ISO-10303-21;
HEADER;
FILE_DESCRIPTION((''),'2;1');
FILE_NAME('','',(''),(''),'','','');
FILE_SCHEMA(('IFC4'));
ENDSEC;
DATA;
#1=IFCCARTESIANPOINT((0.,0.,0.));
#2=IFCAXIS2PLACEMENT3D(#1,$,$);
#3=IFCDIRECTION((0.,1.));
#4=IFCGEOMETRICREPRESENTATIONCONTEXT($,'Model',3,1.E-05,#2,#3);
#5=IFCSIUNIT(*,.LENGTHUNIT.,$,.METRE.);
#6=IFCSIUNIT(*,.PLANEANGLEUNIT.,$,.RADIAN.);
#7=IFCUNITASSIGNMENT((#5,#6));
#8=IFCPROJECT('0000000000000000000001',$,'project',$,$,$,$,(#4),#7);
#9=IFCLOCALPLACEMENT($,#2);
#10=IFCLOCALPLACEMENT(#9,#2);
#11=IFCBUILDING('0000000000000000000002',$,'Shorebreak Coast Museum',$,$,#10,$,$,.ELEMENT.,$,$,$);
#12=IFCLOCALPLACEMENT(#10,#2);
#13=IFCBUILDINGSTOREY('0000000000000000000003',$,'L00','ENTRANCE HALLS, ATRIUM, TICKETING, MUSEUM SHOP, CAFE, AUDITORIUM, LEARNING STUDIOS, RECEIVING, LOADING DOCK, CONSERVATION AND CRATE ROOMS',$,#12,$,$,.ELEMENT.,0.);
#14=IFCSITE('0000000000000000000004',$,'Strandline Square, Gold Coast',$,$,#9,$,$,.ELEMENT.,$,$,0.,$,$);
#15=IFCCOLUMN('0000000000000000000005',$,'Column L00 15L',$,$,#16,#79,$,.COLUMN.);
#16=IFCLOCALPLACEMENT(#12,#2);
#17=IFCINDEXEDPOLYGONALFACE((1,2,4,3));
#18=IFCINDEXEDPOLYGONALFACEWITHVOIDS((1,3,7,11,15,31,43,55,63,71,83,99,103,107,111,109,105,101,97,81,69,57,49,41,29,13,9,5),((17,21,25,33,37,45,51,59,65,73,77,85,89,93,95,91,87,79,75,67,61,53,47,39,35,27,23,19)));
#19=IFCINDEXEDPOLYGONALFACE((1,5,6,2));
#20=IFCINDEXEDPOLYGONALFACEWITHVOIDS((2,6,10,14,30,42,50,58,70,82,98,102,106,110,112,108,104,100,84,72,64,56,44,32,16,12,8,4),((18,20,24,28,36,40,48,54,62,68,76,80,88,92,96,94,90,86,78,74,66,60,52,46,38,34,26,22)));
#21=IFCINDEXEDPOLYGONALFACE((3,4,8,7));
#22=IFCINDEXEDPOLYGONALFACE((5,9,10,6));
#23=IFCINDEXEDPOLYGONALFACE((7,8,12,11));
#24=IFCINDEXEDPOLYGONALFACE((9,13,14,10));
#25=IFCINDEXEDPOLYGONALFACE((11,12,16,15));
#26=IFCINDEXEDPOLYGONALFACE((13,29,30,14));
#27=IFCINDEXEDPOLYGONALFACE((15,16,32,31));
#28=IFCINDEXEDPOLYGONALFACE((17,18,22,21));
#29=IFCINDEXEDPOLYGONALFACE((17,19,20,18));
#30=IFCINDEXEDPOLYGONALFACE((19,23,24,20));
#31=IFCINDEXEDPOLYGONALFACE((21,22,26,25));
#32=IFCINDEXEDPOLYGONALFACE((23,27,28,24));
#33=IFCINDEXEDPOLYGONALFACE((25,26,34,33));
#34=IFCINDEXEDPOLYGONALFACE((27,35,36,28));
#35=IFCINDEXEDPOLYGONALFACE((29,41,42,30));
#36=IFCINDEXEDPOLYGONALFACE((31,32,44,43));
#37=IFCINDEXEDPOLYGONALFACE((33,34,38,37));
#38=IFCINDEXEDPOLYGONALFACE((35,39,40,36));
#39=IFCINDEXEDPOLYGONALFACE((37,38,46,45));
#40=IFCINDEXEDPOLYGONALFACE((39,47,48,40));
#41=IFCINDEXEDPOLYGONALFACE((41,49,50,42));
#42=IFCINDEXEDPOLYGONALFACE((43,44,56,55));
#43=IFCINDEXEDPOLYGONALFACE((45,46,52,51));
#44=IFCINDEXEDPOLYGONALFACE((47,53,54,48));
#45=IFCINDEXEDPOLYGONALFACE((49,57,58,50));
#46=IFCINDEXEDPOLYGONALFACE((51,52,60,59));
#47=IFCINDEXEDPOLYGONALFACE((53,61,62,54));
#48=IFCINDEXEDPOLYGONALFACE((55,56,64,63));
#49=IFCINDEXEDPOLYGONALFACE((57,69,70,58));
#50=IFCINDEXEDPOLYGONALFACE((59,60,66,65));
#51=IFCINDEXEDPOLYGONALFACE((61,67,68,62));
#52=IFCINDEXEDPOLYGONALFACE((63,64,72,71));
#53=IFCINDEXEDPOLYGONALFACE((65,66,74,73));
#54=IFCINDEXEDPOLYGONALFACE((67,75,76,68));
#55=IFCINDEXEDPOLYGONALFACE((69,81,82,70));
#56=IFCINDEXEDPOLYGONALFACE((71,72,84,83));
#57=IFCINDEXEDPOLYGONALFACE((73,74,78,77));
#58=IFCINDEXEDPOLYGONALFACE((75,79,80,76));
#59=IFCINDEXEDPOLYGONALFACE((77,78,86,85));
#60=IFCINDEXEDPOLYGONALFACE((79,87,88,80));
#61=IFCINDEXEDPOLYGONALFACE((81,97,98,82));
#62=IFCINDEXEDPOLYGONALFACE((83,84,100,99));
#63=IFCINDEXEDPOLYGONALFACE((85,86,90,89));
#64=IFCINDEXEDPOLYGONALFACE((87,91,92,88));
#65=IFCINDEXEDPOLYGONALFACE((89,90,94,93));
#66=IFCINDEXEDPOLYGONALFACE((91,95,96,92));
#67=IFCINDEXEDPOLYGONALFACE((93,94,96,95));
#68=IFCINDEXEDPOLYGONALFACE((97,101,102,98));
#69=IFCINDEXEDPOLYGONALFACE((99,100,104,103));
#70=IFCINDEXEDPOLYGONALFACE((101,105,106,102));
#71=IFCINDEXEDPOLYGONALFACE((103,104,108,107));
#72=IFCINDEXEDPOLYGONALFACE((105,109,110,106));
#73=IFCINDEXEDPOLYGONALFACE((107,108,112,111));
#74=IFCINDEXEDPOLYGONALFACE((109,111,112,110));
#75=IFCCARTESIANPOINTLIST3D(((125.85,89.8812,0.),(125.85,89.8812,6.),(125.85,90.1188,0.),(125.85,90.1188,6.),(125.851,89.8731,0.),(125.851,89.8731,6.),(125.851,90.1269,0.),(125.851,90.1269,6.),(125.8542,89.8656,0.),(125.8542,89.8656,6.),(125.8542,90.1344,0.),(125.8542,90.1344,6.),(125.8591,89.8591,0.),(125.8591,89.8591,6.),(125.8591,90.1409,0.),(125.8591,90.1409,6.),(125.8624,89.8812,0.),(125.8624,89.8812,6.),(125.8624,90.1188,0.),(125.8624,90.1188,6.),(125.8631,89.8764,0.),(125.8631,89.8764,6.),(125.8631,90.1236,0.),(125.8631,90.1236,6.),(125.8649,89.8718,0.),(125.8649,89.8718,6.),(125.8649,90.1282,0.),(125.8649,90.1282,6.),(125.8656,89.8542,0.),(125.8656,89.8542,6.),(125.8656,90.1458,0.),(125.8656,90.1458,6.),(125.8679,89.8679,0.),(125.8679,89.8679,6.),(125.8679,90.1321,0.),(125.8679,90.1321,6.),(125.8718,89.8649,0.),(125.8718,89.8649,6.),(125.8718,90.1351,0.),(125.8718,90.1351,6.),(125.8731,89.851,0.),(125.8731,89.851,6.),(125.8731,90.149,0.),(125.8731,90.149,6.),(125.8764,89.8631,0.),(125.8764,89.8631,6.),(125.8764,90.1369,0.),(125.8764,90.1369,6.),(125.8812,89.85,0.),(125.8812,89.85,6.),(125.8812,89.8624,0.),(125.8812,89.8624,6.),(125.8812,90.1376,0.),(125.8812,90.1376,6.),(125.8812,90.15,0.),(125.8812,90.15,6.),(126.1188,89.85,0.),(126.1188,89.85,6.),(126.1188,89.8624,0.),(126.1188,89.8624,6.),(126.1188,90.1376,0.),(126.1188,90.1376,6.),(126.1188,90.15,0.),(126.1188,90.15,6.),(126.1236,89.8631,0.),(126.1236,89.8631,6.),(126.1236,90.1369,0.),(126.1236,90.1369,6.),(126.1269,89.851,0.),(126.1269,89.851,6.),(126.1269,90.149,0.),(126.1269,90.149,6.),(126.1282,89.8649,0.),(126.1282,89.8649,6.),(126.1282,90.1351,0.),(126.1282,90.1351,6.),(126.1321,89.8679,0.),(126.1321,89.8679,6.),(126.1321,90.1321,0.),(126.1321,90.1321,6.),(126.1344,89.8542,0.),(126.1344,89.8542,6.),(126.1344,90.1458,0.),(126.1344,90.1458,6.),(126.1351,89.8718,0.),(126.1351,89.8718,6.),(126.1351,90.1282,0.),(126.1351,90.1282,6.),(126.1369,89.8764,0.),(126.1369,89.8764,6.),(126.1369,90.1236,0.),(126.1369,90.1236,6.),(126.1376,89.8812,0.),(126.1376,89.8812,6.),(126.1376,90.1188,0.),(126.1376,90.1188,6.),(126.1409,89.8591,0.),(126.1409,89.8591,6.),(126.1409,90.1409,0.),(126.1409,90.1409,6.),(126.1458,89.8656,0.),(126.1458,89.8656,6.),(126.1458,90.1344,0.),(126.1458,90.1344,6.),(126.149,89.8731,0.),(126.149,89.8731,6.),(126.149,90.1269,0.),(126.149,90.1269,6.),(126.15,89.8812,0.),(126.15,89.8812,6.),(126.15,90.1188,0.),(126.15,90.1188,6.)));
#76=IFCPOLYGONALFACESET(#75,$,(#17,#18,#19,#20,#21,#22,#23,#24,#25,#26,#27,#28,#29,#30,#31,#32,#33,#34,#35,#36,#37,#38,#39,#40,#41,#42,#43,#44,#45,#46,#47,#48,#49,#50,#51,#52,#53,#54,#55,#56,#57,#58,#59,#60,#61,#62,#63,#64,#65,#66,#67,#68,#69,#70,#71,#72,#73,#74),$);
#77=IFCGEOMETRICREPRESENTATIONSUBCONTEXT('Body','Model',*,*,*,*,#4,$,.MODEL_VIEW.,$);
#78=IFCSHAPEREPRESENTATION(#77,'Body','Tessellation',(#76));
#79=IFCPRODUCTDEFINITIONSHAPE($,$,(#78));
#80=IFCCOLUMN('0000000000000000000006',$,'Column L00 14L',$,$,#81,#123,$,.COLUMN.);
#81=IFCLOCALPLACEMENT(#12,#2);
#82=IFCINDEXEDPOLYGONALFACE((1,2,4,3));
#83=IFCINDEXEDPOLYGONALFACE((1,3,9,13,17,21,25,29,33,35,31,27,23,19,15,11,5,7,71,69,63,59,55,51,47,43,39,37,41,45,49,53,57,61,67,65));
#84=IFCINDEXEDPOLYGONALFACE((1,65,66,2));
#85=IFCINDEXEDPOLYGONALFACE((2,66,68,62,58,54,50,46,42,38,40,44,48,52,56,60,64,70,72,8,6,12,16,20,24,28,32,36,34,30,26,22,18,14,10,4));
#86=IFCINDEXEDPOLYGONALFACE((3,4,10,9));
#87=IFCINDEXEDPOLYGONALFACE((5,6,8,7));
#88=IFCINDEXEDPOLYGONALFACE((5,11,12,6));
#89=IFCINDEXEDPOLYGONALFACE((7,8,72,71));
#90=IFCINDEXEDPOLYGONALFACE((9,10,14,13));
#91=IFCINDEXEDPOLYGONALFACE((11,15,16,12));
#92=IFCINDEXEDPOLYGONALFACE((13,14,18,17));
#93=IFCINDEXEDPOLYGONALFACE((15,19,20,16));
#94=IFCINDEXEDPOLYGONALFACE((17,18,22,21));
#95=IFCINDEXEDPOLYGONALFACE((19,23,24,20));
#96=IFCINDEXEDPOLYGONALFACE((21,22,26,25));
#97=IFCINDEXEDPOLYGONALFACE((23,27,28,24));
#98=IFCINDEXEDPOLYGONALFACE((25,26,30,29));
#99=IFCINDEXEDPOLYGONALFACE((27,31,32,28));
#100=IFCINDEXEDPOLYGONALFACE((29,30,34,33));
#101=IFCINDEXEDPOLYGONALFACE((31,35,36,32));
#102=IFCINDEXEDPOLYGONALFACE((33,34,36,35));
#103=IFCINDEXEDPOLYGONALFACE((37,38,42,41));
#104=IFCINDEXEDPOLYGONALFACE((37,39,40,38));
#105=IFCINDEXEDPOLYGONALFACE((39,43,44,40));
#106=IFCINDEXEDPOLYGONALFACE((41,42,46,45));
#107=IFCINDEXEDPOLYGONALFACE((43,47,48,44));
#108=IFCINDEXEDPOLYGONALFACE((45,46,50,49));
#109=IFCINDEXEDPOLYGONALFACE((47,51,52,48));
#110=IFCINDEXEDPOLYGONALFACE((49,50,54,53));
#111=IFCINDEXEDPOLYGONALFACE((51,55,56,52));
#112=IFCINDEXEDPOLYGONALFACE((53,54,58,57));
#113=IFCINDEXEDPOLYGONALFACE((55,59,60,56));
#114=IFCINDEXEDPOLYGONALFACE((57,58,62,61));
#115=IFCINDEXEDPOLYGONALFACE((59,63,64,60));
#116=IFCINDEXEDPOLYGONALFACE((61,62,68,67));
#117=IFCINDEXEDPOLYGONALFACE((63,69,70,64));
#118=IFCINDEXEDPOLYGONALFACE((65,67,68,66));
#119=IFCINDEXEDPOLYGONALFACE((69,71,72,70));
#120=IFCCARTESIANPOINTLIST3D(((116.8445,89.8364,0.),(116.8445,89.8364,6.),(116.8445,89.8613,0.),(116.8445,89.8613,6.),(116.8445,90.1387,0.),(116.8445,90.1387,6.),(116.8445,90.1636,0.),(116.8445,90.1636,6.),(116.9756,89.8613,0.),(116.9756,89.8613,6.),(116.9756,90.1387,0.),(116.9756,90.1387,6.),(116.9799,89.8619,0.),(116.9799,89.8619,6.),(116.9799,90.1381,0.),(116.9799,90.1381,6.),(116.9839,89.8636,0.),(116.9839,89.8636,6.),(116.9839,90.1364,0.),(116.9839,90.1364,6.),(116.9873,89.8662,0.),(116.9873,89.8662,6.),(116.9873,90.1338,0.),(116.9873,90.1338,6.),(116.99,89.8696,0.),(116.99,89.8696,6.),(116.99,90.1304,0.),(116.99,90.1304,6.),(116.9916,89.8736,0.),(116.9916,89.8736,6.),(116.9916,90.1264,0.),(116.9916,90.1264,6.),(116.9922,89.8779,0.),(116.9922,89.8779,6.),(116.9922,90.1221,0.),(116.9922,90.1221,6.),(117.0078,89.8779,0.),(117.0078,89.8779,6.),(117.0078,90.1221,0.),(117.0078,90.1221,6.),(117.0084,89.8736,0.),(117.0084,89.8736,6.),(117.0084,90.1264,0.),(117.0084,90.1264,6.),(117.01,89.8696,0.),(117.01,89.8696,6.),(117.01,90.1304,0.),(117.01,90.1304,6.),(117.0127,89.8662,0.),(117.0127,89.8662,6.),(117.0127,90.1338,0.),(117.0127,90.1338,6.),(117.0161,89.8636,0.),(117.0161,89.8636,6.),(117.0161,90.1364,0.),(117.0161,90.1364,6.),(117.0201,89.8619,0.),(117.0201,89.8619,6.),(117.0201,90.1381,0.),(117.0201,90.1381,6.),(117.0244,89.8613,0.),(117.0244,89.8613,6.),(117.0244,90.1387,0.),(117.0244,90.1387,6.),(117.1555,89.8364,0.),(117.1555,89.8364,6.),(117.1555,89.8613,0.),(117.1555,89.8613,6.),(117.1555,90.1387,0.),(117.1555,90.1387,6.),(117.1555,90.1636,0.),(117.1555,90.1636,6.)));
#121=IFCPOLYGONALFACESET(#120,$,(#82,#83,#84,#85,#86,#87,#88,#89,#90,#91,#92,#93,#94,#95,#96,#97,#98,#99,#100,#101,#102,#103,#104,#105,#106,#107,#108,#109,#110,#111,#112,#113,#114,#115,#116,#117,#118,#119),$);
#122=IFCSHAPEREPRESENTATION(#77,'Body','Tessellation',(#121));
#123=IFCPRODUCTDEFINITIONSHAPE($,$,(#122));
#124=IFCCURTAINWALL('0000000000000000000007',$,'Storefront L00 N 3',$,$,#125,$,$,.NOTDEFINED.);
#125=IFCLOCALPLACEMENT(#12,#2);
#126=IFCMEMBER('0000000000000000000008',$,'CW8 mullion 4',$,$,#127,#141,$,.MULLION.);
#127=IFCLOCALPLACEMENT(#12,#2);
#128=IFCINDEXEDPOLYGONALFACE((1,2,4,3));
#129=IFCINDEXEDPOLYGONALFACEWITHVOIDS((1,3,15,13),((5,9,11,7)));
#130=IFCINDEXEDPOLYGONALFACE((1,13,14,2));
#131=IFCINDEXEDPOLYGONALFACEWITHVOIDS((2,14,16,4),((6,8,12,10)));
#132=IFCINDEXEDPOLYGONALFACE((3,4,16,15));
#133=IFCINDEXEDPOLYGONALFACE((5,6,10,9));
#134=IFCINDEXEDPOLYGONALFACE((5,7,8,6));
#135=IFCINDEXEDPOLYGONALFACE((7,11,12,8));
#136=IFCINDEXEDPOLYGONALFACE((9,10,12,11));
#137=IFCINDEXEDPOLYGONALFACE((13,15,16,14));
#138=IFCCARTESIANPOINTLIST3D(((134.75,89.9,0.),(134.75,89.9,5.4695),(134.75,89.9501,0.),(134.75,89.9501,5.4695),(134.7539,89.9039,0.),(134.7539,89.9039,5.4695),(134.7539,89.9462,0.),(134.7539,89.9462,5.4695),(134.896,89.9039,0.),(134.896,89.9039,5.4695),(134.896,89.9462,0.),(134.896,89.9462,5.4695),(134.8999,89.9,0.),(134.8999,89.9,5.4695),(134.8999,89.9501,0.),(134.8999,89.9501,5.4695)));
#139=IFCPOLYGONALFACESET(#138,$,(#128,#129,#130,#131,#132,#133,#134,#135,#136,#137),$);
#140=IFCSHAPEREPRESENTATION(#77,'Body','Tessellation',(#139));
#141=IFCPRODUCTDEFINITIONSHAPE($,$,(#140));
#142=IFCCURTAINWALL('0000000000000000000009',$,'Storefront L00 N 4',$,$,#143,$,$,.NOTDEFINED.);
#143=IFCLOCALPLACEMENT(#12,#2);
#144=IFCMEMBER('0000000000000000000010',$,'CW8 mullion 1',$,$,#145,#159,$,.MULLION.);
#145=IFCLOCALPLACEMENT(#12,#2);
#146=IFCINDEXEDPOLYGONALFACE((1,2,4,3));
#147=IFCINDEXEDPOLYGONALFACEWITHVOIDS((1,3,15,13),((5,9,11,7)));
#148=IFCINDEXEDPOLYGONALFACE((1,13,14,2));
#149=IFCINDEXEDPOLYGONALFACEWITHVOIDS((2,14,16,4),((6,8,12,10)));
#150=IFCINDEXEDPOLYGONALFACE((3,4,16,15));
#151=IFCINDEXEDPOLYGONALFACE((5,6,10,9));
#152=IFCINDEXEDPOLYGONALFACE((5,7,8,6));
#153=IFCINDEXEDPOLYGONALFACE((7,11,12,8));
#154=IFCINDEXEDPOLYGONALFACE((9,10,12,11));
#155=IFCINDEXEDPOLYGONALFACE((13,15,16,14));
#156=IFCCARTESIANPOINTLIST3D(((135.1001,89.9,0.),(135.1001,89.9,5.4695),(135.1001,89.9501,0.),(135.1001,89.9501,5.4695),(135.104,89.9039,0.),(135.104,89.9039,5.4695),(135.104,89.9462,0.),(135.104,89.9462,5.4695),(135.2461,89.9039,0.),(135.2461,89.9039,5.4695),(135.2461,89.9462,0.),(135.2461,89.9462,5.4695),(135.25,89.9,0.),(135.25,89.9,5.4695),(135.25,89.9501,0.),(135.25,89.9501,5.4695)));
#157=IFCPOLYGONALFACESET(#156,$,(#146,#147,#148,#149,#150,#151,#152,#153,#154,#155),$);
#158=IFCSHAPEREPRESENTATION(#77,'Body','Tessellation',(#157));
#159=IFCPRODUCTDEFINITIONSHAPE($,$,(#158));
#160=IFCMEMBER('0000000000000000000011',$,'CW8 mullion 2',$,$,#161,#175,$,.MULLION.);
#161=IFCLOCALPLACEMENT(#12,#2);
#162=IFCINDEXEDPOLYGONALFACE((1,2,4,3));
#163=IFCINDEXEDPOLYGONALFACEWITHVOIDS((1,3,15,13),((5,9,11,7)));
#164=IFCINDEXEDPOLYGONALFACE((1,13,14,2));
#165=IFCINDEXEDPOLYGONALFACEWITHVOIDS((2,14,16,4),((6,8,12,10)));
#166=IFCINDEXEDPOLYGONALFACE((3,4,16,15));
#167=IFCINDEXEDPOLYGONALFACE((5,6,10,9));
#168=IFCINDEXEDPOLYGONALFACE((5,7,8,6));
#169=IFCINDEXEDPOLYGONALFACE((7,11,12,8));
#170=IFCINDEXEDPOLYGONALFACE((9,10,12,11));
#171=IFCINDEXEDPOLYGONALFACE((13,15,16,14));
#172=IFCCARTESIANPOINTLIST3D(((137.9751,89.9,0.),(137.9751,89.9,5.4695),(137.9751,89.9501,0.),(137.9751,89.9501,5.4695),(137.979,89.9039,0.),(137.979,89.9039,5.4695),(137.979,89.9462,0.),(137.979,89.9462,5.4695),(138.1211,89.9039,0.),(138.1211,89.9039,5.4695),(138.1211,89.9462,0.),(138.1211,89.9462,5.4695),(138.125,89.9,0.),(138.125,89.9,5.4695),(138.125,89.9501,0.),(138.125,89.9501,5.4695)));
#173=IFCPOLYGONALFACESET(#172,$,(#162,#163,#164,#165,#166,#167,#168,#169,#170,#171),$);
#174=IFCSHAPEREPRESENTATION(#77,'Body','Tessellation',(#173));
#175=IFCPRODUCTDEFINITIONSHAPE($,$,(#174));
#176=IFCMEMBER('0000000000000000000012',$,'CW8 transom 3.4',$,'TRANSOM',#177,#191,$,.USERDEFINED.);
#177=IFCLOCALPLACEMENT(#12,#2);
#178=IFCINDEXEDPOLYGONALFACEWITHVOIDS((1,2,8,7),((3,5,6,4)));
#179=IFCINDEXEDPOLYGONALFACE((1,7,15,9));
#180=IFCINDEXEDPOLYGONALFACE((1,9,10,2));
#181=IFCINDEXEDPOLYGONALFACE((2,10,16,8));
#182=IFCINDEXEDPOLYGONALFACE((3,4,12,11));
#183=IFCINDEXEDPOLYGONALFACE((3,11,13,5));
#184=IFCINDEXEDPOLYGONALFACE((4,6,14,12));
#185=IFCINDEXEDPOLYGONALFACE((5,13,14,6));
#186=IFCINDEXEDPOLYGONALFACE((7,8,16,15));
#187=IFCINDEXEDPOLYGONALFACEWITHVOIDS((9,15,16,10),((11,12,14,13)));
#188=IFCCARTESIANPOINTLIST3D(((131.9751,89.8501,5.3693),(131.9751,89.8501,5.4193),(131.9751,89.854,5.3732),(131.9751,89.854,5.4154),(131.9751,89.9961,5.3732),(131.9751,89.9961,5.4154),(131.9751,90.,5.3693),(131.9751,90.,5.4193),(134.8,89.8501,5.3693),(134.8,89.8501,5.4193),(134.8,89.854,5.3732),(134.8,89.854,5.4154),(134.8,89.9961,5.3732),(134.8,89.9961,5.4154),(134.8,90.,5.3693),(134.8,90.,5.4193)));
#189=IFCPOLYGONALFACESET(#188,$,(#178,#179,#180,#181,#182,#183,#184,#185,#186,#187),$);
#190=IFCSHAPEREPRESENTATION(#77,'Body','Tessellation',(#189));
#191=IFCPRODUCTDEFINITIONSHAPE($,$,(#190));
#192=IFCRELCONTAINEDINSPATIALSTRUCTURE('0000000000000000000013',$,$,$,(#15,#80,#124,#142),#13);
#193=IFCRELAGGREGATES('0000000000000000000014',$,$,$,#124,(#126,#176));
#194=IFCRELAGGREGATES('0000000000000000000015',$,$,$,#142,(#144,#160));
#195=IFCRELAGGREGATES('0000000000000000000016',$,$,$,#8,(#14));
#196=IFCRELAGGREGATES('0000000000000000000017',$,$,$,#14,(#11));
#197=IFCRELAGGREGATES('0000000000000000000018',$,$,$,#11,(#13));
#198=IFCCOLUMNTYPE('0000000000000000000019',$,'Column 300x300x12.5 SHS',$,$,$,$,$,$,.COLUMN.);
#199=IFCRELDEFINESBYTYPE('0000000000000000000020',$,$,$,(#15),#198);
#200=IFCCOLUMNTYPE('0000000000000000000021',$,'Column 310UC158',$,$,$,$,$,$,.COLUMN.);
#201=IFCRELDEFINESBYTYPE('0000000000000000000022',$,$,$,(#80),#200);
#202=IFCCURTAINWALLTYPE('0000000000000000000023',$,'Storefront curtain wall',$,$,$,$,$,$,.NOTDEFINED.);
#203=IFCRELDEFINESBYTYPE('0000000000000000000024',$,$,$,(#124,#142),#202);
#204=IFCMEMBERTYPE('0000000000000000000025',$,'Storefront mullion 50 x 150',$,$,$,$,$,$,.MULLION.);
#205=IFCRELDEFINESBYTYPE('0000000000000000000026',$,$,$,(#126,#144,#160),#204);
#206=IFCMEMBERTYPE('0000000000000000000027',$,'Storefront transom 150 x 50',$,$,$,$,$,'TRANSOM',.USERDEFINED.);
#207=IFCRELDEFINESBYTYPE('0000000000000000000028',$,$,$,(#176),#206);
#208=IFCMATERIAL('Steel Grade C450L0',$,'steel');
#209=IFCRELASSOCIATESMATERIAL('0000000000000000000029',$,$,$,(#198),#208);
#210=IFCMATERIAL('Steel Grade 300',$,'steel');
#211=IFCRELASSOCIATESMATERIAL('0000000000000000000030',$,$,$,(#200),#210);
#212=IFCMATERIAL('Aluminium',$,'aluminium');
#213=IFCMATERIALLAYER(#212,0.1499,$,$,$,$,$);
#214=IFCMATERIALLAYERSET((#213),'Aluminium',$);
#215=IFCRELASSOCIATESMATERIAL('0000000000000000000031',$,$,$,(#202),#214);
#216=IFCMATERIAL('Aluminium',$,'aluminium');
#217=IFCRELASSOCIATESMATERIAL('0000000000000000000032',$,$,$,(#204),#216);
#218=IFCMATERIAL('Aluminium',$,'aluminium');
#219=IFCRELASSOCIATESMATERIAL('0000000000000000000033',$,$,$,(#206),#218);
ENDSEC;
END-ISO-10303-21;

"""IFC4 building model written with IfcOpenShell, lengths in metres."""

from ifc_helpers import new_model, si_unit, direction, frame, origin, origin_2d, place, context, subcontext, project, spatial, hollow_rectangle, i_section, extrude, material, layer, layer_set, material_profile, profile_set, type_object, element, aggregate, save


model = new_model("IFC4")

# Units and contexts
model_context = context("Model", 3, precision=1e-05, world=origin(), true_north=direction((0.0, 1.0)))
body_context = subcontext(model_context, "Body", "Model", "MODEL_VIEW")
ifc_project = project(units=[si_unit("LENGTHUNIT", "METRE"), si_unit("PLANEANGLEUNIT", "RADIAN")], contexts=[model_context])

# Site, building, storey
site_placement = place(None, origin())
site = spatial("IfcSite", under=ifc_project, at=site_placement, Name="Strandline Square, Gold Coast", CompositionType="ELEMENT", RefElevation=0.0)
building_placement = place(site_placement, origin())
building = spatial("IfcBuilding", under=site, at=building_placement, Name="Shorebreak Coast Museum", CompositionType="ELEMENT")
storey_placement = place(building_placement, origin())
storey = spatial("IfcBuildingStorey", under=building, at=storey_placement, Name="L00", Description="ENTRANCE HALLS, ATRIUM, TICKETING, MUSEUM SHOP, CAFE, AUDITORIUM, LEARNING STUDIOS, RECEIVING, LOADING DOCK, CONSERVATION AND CRATE ROOMS", CompositionType="ELEMENT", Elevation=0.0)

# Columns
ifc_material_1 = material(Name="Steel Grade C450L0", Category="steel")
ifc_material_profile_1 = material_profile(ifc_material_1, hollow_rectangle(XDim=0.3, YDim=0.3, WallThickness=0.0125, InnerFilletRadius=0.0188, OuterFilletRadius=0.0312, at=origin_2d()), Name="300x300x12.5 SHS")
ifc_profile_set_1 = profile_set([ifc_material_profile_1], Name="Steel Grade C450L0")
column_type_1 = type_object("IfcColumnType", Name="Column 300x300x12.5 SHS", PredefinedType="COLUMN", material=ifc_profile_set_1)
column_1_placement = place(storey_placement, frame((126.0, 90.0, 0.0), z_axis=(0.0, 0.0, 1.0), x_axis=(1.0, 0.0, 0.0)))
element("IfcColumn", 1, at=column_1_placement, inside=storey, type_object=column_type_1, Name="Column L00 15L", PredefinedType="COLUMN", context=body_context, shape_type="SweptSolid", body=[
    extrude(hollow_rectangle(XDim=0.3, YDim=0.3, WallThickness=0.0125, InnerFilletRadius=0.0188, OuterFilletRadius=0.0312, at=origin_2d()), origin(), (0.0, 0.0, 1.0), 6.0),
])
ifc_material_2 = material(Name="Steel Grade 300", Category="steel")
ifc_material_profile_2 = material_profile(ifc_material_2, i_section(OverallWidth=0.311, OverallDepth=0.3271, WebThickness=0.0156, FlangeThickness=0.0249, FilletRadius=0.0166, at=origin_2d()), Name="310UC158")
ifc_profile_set_2 = profile_set([ifc_material_profile_2], Name="Steel Grade 300")
column_type_2 = type_object("IfcColumnType", Name="Column 310UC158", PredefinedType="COLUMN", material=ifc_profile_set_2)
column_2_placement = place(storey_placement, frame((117.0, 90.0, 0.0), z_axis=(0.0, 0.0, 1.0), x_axis=(1.0, 0.0, 0.0)))
element("IfcColumn", 2, at=column_2_placement, inside=storey, type_object=column_type_2, Name="Column L00 14L", PredefinedType="COLUMN", context=body_context, shape_type="SweptSolid", body=[
    extrude(i_section(OverallWidth=0.311, OverallDepth=0.3271, WebThickness=0.0156, FlangeThickness=0.0249, FilletRadius=0.0166, at=origin_2d()), origin(), (0.0, 0.0, 1.0), 6.0),
])

# Curtain wall, member
ifc_material_3 = material(Name="Aluminium", Category="aluminium")
ifc_layer_1 = layer(ifc_material_3, 0.1499)
ifc_layer_set_1 = layer_set([ifc_layer_1], Name="Aluminium")
curtain_wall_type = type_object("IfcCurtainWallType", Name="Storefront curtain wall", PredefinedType="NOTDEFINED", material=ifc_layer_set_1)
curtain_wall_1_placement = place(storey_placement, origin())
curtain_wall_1 = element("IfcCurtainWall", 3, at=curtain_wall_1_placement, inside=storey, type_object=curtain_wall_type, Name="Storefront L00 N 3", PredefinedType="NOTDEFINED")
ifc_material_4 = material(Name="Aluminium", Category="aluminium")
ifc_material_profile_3 = material_profile(ifc_material_4, hollow_rectangle(XDim=0.05, YDim=0.1499, WallThickness=0.0039, at=origin_2d()), Name="AL 150x50 RHS")
ifc_profile_set_3 = profile_set([ifc_material_profile_3], Name="Aluminium")
member_type_1 = type_object("IfcMemberType", Name="Storefront mullion 50 x 150", PredefinedType="MULLION", material=ifc_profile_set_3)
member_1_placement = place(storey_placement, frame((134.825, 89.925, 0.0), z_axis=(0.0, 0.0, 1.0), x_axis=(0.0, 1.0, 0.0)))
member_1 = element("IfcMember", 4, at=member_1_placement, type_object=member_type_1, Name="CW8 mullion 4", PredefinedType="MULLION", context=body_context, shape_type="SweptSolid", body=[
    extrude(hollow_rectangle(XDim=0.05, YDim=0.1499, WallThickness=0.0039, at=origin_2d()), origin(), (0.0, 0.0, 1.0), 5.4695),
])

# Curtain wall, members
curtain_wall_2_placement = place(storey_placement, origin())
curtain_wall_2 = element("IfcCurtainWall", 5, at=curtain_wall_2_placement, inside=storey, type_object=curtain_wall_type, Name="Storefront L00 N 4", PredefinedType="NOTDEFINED")
member_2_placement = place(storey_placement, frame((135.175, 89.925, 0.0), z_axis=(0.0, 0.0, 1.0), x_axis=(0.0, 1.0, 0.0)))
member_2 = element("IfcMember", 6, at=member_2_placement, type_object=member_type_1, Name="CW8 mullion 1", PredefinedType="MULLION", context=body_context, shape_type="SweptSolid", body=[
    extrude(hollow_rectangle(XDim=0.05, YDim=0.1499, WallThickness=0.0039, at=origin_2d()), origin(), (0.0, 0.0, 1.0), 5.4695),
])
member_3_placement = place(storey_placement, frame((138.05, 89.925, 0.0), z_axis=(0.0, 0.0, 1.0), x_axis=(0.0, 1.0, 0.0)))
member_3 = element("IfcMember", 7, at=member_3_placement, type_object=member_type_1, Name="CW8 mullion 2", PredefinedType="MULLION", context=body_context, shape_type="SweptSolid", body=[
    extrude(hollow_rectangle(XDim=0.05, YDim=0.1499, WallThickness=0.0039, at=origin_2d()), origin(), (0.0, 0.0, 1.0), 5.4695),
])

# Member
ifc_material_5 = material(Name="Aluminium", Category="aluminium")
ifc_material_profile_4 = material_profile(ifc_material_5, hollow_rectangle(XDim=0.1499, YDim=0.05, WallThickness=0.0039, at=origin_2d()), Name="AL 50x150 RHS")
ifc_profile_set_4 = profile_set([ifc_material_profile_4], Name="Aluminium")
member_type_2 = type_object("IfcMemberType", Name="Storefront transom 150 x 50", ElementType="TRANSOM", PredefinedType="USERDEFINED", material=ifc_profile_set_4)
member_4_placement = place(storey_placement, frame((131.9751, 89.925, 5.3943), z_axis=(1.0, 0.0, 0.0), x_axis=(0.0, 1.0, 0.0)))
member_4 = element("IfcMember", 8, at=member_4_placement, type_object=member_type_2, Name="CW8 transom 3.4", ObjectType="TRANSOM", PredefinedType="USERDEFINED", context=body_context, shape_type="SweptSolid", body=[
    extrude(hollow_rectangle(XDim=0.1499, YDim=0.05, WallThickness=0.0039, at=origin_2d()), origin(), (0.0, 0.0, 1.0), 2.825),
])

aggregate(curtain_wall_1, [member_1, member_4])
aggregate(curtain_wall_2, [member_2, member_3])

save(model, "model.ifc")
